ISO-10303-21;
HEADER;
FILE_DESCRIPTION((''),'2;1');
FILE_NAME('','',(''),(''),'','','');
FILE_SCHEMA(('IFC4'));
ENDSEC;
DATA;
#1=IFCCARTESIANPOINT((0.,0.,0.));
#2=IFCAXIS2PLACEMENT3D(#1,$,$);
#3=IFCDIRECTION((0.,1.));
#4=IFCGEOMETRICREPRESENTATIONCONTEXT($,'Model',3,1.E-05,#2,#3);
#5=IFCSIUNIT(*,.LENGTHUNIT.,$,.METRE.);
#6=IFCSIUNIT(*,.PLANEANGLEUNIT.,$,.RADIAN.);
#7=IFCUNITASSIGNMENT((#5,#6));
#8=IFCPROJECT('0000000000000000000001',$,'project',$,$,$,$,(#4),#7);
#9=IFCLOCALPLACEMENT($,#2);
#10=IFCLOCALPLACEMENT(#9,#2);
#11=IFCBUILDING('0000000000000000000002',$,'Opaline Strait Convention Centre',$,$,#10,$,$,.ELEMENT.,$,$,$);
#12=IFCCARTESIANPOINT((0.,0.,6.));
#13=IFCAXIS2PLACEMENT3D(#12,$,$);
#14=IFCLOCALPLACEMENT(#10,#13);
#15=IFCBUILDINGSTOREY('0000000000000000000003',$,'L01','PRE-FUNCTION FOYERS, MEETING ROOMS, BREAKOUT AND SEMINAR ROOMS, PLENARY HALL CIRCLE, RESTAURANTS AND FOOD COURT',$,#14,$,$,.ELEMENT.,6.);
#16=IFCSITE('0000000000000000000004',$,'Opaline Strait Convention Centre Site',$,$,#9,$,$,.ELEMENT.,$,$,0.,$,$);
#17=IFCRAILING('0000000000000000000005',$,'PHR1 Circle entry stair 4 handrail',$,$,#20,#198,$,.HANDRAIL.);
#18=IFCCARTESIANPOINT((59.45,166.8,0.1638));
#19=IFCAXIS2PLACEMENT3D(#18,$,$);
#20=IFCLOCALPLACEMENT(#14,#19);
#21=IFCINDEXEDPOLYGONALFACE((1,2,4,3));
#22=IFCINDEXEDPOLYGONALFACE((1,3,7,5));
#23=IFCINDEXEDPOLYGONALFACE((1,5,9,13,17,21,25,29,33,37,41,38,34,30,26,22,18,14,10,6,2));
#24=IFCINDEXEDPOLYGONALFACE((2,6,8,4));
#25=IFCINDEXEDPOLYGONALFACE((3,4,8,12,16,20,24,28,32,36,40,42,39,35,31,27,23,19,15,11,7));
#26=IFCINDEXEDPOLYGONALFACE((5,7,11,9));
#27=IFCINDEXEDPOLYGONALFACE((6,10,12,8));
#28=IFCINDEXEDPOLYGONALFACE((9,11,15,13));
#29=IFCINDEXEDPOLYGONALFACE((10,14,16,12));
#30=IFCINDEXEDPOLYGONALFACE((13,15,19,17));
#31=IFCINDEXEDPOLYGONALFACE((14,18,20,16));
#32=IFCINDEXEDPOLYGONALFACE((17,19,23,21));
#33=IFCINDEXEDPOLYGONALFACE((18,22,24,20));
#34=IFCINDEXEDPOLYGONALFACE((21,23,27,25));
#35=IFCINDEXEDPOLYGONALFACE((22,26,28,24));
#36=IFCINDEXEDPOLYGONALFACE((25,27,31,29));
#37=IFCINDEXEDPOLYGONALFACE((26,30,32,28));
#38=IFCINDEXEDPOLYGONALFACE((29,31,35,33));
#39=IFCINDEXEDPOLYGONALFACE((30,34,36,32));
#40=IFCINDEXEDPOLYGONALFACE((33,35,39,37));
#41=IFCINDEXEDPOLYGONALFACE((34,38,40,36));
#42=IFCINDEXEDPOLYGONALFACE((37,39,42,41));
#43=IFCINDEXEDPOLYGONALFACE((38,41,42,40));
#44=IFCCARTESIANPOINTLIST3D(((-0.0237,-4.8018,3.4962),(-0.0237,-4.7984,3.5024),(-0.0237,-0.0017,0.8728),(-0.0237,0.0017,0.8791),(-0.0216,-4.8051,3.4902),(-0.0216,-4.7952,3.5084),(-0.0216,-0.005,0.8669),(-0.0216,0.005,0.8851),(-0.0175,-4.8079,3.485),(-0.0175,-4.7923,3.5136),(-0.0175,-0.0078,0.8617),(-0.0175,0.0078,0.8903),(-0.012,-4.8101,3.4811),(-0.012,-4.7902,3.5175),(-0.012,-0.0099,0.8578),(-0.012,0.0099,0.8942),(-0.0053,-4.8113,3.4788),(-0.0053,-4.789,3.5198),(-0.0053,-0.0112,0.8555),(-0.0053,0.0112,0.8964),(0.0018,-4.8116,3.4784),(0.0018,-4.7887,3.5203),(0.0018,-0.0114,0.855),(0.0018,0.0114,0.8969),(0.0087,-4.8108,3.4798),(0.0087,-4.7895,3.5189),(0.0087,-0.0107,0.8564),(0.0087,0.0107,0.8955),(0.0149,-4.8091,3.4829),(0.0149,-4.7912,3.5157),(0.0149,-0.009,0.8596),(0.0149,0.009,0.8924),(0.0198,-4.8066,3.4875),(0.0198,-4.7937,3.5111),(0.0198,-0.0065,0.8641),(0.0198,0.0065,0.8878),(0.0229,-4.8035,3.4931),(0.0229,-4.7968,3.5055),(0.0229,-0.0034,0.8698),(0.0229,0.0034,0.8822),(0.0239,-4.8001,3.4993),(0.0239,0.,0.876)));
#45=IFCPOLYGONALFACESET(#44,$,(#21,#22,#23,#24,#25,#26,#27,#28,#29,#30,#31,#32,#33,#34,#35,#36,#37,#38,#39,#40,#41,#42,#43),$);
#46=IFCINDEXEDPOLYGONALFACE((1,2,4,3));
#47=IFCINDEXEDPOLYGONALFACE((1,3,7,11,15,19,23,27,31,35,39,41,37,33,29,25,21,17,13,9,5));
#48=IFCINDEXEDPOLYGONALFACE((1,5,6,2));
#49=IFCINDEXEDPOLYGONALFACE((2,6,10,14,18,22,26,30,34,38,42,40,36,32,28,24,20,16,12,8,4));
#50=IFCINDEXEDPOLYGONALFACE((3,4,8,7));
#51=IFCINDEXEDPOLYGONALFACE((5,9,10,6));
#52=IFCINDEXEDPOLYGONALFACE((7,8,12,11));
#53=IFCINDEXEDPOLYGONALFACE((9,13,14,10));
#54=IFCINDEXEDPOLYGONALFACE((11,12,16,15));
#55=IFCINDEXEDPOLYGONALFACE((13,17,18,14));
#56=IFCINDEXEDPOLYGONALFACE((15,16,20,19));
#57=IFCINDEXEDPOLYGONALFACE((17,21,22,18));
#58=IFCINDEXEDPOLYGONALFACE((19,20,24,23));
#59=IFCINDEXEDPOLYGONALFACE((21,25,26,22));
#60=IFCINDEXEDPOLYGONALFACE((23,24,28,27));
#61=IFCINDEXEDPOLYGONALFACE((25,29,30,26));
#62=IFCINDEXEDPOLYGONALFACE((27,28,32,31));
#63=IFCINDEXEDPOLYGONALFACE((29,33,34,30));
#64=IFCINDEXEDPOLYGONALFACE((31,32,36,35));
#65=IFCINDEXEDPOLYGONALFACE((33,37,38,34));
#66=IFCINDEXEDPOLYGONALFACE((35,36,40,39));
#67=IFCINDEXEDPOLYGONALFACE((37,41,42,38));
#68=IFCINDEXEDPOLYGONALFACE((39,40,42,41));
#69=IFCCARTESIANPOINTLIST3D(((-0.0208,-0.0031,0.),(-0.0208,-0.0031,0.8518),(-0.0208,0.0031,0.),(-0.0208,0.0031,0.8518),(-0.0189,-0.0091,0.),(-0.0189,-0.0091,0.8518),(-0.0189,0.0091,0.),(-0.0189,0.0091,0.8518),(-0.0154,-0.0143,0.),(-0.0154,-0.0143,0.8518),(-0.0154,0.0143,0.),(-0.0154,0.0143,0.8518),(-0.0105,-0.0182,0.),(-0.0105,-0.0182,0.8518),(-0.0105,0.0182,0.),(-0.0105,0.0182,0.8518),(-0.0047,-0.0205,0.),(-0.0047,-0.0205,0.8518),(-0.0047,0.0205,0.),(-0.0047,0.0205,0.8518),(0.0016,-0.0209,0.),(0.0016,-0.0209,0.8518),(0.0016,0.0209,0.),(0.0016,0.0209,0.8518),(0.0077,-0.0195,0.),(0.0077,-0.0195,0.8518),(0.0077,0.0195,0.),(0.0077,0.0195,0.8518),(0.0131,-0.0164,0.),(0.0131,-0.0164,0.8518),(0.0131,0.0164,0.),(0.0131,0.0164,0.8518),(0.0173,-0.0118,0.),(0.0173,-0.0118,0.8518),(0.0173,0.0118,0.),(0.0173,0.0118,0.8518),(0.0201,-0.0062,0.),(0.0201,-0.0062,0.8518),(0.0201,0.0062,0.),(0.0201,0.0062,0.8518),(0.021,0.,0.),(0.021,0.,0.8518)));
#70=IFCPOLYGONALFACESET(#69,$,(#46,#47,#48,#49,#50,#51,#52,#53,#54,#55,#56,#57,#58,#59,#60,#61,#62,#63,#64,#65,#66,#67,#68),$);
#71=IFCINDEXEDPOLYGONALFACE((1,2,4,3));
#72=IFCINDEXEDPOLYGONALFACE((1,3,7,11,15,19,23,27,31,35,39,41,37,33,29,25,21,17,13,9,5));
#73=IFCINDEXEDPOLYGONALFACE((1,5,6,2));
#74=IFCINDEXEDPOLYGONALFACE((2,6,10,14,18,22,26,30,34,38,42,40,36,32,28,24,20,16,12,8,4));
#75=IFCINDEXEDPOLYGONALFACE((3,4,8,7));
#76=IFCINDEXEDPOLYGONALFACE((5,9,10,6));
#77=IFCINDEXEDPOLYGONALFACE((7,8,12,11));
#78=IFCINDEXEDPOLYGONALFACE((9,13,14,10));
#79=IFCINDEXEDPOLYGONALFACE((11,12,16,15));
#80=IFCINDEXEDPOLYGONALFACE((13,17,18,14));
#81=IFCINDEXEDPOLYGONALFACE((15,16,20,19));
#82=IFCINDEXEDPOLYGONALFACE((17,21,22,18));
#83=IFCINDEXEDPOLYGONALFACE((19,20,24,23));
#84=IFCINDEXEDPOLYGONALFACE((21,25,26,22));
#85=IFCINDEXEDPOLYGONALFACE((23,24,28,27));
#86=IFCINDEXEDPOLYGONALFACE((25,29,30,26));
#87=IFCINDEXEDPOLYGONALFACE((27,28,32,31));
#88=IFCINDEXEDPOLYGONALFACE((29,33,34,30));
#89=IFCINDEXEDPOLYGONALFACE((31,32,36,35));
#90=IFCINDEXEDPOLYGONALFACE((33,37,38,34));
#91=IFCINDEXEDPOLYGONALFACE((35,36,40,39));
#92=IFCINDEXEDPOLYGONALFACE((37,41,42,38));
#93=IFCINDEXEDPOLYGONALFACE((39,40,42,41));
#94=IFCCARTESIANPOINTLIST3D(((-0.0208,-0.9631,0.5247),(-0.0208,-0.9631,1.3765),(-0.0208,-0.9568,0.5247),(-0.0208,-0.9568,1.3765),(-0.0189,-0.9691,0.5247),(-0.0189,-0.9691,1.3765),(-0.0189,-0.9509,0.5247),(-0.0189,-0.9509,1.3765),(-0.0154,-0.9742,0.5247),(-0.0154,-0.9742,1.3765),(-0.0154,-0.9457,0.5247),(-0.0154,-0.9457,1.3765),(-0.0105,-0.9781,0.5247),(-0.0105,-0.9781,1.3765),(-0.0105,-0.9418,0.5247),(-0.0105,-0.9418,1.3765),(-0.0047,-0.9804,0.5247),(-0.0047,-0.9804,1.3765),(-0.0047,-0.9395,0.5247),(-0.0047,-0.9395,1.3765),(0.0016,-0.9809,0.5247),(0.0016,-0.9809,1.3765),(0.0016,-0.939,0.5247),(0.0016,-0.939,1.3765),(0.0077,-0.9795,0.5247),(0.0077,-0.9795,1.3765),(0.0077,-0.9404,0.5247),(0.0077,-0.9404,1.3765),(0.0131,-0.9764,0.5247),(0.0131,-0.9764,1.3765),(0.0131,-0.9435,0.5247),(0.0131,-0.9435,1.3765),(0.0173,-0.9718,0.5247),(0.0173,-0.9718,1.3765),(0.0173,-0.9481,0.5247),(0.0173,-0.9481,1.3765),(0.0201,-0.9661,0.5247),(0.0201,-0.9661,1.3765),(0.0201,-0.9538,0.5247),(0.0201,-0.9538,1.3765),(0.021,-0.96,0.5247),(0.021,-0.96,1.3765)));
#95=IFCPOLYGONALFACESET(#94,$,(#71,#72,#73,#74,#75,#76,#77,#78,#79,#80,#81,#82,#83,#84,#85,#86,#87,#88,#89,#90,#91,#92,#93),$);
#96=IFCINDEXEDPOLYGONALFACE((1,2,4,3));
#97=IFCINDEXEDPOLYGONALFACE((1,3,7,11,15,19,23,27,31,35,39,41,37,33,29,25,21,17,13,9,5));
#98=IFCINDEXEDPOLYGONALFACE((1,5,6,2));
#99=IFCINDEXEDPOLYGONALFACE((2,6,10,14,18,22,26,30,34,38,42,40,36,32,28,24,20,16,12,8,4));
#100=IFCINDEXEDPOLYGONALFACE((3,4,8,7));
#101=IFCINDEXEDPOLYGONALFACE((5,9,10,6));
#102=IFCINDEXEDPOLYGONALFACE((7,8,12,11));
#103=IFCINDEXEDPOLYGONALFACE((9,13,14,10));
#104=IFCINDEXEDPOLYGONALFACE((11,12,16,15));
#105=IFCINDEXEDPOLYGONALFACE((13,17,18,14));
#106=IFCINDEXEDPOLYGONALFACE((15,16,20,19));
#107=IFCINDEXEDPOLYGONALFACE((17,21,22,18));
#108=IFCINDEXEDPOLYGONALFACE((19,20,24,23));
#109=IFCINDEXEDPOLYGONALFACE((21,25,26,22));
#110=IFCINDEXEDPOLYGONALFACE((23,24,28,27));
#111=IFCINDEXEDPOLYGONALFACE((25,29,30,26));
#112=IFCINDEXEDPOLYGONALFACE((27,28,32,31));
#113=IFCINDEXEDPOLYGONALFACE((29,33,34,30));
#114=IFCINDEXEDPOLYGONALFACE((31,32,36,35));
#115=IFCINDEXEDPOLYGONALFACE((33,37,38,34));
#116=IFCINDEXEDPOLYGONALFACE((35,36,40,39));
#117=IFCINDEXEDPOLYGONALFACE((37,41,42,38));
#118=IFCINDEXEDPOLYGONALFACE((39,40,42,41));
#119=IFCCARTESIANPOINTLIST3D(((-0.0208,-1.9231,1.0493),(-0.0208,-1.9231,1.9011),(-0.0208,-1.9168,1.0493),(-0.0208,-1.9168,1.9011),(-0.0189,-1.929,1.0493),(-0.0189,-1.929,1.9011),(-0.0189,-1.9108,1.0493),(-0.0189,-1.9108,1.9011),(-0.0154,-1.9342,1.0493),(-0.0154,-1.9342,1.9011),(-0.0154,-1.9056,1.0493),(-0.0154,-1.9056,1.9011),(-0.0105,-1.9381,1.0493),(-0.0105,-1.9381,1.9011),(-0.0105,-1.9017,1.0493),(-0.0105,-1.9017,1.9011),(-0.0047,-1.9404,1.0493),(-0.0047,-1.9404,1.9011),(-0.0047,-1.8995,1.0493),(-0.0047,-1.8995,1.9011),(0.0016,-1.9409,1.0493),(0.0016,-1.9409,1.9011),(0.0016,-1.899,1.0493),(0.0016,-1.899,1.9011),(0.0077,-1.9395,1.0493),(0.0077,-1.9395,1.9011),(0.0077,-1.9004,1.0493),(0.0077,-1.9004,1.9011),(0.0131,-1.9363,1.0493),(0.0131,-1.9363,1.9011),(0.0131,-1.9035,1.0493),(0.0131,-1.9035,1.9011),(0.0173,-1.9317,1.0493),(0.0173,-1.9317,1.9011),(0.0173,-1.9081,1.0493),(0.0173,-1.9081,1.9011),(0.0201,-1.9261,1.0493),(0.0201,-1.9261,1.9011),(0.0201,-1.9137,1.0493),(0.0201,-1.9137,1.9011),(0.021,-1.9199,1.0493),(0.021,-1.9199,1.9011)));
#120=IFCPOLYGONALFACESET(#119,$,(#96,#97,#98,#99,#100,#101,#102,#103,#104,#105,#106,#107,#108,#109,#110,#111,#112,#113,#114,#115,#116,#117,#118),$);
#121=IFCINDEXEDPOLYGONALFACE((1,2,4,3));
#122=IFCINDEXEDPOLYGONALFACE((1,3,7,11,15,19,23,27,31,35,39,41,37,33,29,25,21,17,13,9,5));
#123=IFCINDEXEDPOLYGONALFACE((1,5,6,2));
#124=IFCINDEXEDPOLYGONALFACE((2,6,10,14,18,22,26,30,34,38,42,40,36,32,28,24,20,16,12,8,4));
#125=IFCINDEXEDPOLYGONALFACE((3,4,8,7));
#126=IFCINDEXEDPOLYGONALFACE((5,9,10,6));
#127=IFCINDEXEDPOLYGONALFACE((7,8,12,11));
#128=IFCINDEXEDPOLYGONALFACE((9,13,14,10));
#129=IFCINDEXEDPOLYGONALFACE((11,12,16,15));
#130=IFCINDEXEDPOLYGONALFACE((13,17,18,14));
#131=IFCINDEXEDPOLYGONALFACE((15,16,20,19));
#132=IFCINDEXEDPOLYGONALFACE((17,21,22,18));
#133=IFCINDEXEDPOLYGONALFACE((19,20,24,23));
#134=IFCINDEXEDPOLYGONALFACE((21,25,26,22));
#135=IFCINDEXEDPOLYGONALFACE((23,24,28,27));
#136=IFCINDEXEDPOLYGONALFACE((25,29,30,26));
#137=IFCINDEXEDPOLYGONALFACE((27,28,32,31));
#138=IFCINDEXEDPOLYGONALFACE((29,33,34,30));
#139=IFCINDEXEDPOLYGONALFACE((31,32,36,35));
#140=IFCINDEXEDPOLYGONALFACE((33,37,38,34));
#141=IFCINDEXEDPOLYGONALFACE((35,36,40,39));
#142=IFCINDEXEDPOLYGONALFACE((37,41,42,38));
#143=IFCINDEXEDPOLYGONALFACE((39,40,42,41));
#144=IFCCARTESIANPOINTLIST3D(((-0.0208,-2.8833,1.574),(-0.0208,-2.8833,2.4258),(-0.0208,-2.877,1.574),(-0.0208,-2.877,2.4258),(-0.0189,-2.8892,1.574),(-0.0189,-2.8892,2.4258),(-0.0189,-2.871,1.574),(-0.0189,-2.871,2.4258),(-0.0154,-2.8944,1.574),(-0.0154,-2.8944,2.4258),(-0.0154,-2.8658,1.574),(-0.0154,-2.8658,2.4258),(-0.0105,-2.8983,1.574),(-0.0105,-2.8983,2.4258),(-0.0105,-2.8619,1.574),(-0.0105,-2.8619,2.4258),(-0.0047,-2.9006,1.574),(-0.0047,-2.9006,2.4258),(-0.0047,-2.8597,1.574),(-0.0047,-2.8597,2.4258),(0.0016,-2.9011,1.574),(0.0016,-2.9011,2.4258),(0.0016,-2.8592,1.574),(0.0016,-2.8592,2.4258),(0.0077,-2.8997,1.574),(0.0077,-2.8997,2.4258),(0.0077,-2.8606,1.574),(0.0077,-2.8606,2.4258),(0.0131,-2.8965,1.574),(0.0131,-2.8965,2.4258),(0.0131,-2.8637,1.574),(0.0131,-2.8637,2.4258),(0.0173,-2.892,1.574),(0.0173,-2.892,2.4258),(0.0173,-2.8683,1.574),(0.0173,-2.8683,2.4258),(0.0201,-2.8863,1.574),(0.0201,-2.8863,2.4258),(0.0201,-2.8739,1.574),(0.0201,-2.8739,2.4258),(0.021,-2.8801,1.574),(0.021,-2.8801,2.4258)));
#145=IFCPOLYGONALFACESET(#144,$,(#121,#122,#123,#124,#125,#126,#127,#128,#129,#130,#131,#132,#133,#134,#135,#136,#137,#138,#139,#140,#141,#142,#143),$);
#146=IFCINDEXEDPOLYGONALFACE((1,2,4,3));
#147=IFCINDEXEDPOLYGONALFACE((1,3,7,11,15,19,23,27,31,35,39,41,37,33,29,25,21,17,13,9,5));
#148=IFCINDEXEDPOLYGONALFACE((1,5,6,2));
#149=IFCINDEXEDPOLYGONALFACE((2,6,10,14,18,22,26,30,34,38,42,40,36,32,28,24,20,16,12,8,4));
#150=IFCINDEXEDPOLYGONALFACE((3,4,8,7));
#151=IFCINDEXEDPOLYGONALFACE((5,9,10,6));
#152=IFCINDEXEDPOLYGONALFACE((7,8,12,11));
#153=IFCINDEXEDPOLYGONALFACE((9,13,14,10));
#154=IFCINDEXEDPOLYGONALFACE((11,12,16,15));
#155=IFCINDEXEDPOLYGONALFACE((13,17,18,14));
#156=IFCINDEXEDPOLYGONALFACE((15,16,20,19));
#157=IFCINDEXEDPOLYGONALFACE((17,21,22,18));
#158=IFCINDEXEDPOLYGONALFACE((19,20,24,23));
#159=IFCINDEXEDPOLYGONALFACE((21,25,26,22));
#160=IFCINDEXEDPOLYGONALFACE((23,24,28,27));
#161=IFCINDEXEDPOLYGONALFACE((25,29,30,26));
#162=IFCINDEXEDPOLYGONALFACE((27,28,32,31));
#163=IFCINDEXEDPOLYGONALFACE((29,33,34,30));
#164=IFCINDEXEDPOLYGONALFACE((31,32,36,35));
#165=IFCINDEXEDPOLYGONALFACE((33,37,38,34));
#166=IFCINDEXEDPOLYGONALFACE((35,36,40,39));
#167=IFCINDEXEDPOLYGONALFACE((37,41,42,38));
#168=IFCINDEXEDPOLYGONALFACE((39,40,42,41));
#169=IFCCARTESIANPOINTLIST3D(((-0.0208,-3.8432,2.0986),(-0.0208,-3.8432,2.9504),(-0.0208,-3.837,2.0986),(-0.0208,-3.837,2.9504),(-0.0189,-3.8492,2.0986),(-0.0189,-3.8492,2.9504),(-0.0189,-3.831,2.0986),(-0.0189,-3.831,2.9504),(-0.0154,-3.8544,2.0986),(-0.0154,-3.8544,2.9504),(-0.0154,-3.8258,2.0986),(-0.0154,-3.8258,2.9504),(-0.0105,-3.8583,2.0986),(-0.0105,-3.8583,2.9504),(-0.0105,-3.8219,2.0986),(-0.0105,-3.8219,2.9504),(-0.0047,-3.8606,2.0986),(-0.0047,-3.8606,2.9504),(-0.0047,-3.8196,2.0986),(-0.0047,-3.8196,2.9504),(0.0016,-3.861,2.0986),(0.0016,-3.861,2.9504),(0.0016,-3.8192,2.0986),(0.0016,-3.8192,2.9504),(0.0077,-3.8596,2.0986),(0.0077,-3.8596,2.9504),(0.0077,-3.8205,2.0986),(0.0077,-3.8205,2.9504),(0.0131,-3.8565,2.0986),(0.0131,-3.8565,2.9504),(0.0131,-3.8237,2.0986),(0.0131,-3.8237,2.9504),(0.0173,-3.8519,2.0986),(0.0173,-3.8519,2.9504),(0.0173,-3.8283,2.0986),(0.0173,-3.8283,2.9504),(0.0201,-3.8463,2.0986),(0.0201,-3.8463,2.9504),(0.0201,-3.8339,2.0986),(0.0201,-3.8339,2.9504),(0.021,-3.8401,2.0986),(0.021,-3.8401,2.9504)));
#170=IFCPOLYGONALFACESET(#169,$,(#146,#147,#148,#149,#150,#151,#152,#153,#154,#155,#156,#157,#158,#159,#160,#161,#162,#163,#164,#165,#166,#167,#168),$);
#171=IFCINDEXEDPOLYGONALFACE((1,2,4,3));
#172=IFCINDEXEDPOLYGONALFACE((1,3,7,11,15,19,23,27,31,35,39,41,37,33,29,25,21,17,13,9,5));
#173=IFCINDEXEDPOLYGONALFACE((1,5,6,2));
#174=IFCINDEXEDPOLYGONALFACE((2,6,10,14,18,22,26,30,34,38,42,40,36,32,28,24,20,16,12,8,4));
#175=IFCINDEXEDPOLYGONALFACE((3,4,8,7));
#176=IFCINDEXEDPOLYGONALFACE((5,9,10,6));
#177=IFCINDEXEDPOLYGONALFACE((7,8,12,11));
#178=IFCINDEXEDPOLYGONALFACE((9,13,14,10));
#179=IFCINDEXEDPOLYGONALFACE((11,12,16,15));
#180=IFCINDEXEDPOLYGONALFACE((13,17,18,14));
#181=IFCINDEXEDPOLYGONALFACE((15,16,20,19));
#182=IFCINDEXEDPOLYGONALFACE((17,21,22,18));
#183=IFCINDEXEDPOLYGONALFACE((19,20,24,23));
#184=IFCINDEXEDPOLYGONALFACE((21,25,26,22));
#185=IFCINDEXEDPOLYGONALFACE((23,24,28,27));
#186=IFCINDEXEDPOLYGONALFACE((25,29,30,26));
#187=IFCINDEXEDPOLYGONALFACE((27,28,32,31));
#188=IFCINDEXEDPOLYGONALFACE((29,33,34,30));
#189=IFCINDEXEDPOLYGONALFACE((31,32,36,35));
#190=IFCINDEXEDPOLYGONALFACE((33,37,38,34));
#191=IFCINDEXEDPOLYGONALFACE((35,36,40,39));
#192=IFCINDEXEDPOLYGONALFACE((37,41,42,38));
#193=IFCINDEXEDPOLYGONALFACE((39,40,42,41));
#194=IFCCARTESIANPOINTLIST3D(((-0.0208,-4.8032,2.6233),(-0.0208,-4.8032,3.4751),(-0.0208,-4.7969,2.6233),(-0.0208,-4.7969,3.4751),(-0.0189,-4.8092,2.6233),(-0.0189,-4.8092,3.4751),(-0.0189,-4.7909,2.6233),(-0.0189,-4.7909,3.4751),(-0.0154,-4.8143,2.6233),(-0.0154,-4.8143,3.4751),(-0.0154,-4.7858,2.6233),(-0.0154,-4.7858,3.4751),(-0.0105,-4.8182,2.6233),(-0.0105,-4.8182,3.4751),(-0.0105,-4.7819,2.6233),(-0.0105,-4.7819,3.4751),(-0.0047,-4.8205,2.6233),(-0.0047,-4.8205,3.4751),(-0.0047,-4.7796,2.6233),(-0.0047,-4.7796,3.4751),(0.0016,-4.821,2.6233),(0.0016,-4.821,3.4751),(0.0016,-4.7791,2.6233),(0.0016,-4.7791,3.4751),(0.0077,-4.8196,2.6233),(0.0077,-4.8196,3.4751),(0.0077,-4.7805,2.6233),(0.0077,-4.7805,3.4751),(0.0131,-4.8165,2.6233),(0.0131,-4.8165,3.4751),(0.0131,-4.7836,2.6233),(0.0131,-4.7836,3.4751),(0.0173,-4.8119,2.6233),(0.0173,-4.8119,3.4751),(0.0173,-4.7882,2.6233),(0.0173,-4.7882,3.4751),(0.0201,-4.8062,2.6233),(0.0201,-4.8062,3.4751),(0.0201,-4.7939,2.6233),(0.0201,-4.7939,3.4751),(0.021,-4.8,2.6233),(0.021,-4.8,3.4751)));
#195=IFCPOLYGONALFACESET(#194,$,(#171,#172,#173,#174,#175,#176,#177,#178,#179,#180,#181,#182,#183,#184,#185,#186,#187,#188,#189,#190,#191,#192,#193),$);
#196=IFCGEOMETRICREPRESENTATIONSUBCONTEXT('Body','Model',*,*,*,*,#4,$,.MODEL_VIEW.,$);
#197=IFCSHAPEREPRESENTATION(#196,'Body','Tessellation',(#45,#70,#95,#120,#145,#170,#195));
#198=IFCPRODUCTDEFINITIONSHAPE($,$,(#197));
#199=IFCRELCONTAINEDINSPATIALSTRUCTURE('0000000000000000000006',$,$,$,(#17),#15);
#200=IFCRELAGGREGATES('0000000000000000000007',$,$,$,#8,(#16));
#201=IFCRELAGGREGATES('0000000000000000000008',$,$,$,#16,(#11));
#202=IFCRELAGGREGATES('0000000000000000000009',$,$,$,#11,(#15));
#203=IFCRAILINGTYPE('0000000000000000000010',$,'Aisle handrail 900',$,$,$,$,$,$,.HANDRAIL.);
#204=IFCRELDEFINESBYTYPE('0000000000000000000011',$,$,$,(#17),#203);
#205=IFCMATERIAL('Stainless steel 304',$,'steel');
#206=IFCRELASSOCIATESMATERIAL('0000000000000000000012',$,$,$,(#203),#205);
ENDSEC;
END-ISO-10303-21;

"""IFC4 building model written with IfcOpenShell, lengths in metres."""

from ifc_helpers import new_model, si_unit, direction, frame, origin, origin_2d, place, context, subcontext, project, spatial, circle, extrude, material, type_object, element, save


model = new_model("IFC4")

# Units and contexts
model_context = context("Model", 3, precision=1e-05, world=origin(), true_north=direction((0.0, 1.0)))
body_context = subcontext(model_context, "Body", "Model", "MODEL_VIEW")
ifc_project = project(units=[si_unit("LENGTHUNIT", "METRE"), si_unit("PLANEANGLEUNIT", "RADIAN")], contexts=[model_context])

# Site, building, storey
site_placement = place(None, origin())
site = spatial("IfcSite", under=ifc_project, at=site_placement, Name="Opaline Strait Convention Centre Site", CompositionType="ELEMENT", RefElevation=0.0)
building_placement = place(site_placement, origin())
building = spatial("IfcBuilding", under=site, at=building_placement, Name="Opaline Strait Convention Centre", CompositionType="ELEMENT")
storey_placement = place(building_placement, frame((0.0, 0.0, 6.0)))
storey = spatial("IfcBuildingStorey", under=building, at=storey_placement, Name="L01", Description="PRE-FUNCTION FOYERS, MEETING ROOMS, BREAKOUT AND SEMINAR ROOMS, PLENARY HALL CIRCLE, RESTAURANTS AND FOOD COURT", CompositionType="ELEMENT", Elevation=6.0)

# Railing
ifc_material_1 = material(Name="Stainless steel 304", Category="steel")
railing_type_1 = type_object("IfcRailingType", Name="Aisle handrail 900", PredefinedType="HANDRAIL", material=ifc_material_1)
for number, where, name in (
    (1, (59.45, 166.8, 0.1638), "PHR1 Circle entry stair 4 handrail"),
):
    element("IfcRailing", number, at=place(storey_placement, frame(where)), inside=storey, type_object=railing_type_1, Name=name, PredefinedType="HANDRAIL", context=body_context, shape_type="SweptSolid", body=[
        extrude(circle(Radius=0.0239, at=origin_2d()), frame((0.0, 0.0, 0.876), z_axis=(0.0, -0.877505, 0.479568), x_axis=(1.0, 0.0, 0.0)), (0.0, 0.0, 1.0), 5.4702),
        extrude(circle(Radius=0.021, at=origin_2d()), origin(), (0.0, 0.0, 1.0), 0.8518),
        extrude(circle(Radius=0.021, at=origin_2d()), frame((0.0, -0.96, 0.5247)), (0.0, 0.0, 1.0), 0.8518),
        extrude(circle(Radius=0.021, at=origin_2d()), frame((0.0, -1.9199, 1.0493)), (0.0, 0.0, 1.0), 0.8518),
        extrude(circle(Radius=0.021, at=origin_2d()), frame((0.0, -2.8801, 1.574)), (0.0, 0.0, 1.0), 0.8518),
        extrude(circle(Radius=0.021, at=origin_2d()), frame((0.0, -3.8401, 2.0986)), (0.0, 0.0, 1.0), 0.8518),
        extrude(circle(Radius=0.021, at=origin_2d()), frame((0.0, -4.8, 2.6233)), (0.0, 0.0, 1.0), 0.8518),
    ])

save(model, "model.ifc")
